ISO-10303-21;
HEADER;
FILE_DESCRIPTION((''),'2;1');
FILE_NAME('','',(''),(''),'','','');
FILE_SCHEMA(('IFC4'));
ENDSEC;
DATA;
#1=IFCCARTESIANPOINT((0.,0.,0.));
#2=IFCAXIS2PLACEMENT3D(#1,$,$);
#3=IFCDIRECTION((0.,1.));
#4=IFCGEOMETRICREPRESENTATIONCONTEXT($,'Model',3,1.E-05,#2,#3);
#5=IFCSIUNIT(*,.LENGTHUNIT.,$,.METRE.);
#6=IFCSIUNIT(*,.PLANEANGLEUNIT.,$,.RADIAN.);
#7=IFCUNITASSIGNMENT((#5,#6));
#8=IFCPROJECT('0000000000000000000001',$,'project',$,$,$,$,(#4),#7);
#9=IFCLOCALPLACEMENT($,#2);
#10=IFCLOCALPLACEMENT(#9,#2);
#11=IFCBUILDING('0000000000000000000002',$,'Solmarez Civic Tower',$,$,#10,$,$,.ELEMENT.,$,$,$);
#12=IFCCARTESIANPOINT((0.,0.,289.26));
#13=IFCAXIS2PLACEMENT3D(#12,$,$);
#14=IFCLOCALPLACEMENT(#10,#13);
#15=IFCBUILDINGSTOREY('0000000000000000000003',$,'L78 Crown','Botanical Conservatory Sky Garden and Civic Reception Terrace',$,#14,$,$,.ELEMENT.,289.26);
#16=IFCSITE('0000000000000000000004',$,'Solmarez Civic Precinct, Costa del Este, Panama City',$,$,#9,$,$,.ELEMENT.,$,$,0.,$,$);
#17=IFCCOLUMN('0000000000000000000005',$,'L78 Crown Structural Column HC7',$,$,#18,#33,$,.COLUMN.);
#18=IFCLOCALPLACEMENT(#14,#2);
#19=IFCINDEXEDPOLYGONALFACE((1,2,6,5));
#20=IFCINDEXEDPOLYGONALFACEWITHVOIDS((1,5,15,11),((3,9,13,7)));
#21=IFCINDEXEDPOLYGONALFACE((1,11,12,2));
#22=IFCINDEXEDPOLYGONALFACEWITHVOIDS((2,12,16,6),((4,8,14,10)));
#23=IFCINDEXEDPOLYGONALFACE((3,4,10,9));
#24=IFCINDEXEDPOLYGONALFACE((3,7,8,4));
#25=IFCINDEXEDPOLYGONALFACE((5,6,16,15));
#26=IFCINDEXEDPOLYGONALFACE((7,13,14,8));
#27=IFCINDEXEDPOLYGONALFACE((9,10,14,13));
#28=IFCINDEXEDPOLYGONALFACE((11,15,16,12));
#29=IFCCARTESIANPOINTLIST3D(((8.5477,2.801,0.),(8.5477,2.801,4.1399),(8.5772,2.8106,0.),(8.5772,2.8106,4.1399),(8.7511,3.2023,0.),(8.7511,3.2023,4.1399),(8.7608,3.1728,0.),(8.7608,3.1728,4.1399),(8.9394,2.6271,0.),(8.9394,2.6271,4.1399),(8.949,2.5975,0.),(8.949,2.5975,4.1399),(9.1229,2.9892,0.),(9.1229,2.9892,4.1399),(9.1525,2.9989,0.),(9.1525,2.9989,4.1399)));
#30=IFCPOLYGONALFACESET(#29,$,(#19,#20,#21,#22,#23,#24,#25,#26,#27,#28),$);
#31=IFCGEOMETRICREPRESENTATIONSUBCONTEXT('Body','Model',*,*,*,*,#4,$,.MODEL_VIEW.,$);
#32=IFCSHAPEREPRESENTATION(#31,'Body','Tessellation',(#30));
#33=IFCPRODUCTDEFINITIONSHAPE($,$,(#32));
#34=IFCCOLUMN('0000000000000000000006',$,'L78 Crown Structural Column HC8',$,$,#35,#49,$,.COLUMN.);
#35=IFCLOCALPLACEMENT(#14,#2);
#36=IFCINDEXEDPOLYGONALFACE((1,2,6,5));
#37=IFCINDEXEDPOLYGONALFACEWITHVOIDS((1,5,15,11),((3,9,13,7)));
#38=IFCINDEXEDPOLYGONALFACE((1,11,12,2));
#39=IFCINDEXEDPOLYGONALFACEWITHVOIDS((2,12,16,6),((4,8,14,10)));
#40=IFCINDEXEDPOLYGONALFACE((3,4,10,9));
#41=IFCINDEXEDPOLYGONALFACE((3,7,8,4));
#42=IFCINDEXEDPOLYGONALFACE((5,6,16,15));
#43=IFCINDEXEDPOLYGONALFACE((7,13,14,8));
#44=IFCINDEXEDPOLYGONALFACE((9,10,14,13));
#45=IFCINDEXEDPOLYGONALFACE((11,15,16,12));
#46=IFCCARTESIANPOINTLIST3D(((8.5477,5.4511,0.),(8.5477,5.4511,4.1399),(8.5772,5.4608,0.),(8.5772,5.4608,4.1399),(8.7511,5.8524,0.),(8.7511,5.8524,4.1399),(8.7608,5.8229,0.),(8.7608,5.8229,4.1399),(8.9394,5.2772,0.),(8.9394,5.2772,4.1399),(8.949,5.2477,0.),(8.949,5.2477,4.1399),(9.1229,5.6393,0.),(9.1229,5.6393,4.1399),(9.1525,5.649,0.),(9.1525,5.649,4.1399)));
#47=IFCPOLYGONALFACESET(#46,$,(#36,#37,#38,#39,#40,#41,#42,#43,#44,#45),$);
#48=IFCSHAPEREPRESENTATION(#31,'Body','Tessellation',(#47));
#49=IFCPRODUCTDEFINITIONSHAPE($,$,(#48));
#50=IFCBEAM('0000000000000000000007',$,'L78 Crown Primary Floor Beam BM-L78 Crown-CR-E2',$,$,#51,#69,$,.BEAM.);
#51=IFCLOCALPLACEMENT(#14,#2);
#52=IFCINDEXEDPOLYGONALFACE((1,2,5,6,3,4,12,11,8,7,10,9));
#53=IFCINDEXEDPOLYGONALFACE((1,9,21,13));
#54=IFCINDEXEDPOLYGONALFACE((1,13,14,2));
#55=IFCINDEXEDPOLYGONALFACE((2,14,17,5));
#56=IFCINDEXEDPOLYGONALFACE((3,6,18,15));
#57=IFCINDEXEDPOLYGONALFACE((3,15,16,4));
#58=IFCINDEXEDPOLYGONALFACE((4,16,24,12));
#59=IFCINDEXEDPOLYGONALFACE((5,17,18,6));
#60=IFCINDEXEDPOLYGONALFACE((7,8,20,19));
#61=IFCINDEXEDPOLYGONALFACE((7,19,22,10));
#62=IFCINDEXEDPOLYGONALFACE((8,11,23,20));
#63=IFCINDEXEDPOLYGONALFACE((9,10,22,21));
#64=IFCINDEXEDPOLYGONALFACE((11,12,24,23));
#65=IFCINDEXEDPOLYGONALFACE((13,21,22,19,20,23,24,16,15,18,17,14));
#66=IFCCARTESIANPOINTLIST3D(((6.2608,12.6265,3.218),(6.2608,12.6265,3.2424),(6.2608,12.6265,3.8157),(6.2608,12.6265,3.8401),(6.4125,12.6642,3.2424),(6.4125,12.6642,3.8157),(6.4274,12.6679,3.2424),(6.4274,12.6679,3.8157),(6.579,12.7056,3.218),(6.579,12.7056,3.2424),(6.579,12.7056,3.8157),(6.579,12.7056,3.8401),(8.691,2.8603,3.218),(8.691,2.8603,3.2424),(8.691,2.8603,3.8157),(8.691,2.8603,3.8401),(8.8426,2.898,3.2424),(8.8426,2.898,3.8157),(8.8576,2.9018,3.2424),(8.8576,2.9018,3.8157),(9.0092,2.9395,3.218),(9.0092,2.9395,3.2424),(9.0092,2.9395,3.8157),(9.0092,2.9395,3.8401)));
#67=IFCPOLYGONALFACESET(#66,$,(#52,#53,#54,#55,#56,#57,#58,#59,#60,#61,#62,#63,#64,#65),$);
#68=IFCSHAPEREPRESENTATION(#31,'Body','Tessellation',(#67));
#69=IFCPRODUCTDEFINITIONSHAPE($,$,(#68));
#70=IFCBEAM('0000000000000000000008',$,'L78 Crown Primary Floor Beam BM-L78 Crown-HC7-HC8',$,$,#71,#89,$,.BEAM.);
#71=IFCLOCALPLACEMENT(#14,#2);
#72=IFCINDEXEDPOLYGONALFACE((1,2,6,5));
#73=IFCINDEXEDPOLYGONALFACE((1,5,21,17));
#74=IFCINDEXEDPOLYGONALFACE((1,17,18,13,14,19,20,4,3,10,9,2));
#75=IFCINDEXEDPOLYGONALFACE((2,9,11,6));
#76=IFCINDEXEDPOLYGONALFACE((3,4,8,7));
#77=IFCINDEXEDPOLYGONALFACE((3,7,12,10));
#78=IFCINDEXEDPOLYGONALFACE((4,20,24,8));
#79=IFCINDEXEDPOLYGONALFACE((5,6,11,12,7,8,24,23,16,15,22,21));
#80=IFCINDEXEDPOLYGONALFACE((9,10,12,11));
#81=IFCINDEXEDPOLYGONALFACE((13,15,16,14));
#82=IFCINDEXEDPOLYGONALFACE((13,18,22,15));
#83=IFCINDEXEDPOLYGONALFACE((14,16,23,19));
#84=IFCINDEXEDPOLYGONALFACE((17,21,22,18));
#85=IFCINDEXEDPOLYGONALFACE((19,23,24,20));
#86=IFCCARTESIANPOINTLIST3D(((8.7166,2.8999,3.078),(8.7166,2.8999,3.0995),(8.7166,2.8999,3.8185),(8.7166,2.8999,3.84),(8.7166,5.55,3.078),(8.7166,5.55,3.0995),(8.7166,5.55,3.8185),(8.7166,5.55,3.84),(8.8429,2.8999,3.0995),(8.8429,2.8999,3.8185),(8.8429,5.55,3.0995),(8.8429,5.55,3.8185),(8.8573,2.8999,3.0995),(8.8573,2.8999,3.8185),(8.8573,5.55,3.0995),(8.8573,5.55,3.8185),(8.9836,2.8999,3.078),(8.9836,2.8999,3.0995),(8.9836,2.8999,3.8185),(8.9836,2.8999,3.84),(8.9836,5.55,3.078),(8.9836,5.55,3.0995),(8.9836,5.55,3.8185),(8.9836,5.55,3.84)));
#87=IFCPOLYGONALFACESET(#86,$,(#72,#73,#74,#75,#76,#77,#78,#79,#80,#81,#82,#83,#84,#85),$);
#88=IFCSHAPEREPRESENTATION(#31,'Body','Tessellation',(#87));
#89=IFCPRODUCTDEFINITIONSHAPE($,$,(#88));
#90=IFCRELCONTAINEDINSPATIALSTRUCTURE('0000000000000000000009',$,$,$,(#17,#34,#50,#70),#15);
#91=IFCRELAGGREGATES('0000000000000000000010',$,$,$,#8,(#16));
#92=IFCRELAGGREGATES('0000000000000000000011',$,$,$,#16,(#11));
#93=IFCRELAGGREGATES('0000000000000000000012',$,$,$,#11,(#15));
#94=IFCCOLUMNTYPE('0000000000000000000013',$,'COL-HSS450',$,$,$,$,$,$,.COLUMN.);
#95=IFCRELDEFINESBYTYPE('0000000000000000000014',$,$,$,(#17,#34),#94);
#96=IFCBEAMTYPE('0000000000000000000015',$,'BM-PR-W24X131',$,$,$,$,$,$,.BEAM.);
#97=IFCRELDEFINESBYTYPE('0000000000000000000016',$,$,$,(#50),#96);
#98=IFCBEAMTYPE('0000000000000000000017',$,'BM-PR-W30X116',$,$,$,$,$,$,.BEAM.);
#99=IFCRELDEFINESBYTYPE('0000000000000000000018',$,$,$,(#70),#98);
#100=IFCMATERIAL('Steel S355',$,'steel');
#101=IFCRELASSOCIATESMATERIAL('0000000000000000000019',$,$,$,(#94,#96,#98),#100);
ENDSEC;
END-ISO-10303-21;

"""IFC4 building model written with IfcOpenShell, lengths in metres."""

from ifc_helpers import new_model, si_unit, direction, frame, origin, origin_2d, place, context, subcontext, project, spatial, hollow_rectangle, i_section, extrude, material, material_profile, profile_set, type_object, element, save


model = new_model("IFC4")

# Units and contexts
model_context = context("Model", 3, precision=1e-05, world=origin(), true_north=direction((0.0, 1.0)))
body_context = subcontext(model_context, "Body", "Model", "MODEL_VIEW")
ifc_project = project(units=[si_unit("LENGTHUNIT", "METRE"), si_unit("PLANEANGLEUNIT", "RADIAN")], contexts=[model_context])

# Site, building, storey
site_placement = place(None, origin())
site = spatial("IfcSite", under=ifc_project, at=site_placement, Name="Solmarez Civic Precinct, Costa del Este, Panama City", CompositionType="ELEMENT", RefElevation=0.0)
building_placement = place(site_placement, origin())
building = spatial("IfcBuilding", under=site, at=building_placement, Name="Solmarez Civic Tower", CompositionType="ELEMENT")
storey_placement = place(building_placement, frame((0.0, 0.0, 289.26)))
storey = spatial("IfcBuildingStorey", under=building, at=storey_placement, Name="L78 Crown", Description="Botanical Conservatory Sky Garden and Civic Reception Terrace", CompositionType="ELEMENT", Elevation=289.26)

# Columns
ifc_material_1 = material(Name="Steel S355", Category="steel")
ifc_material_profile_1 = material_profile(ifc_material_1, hollow_rectangle(XDim=0.45, YDim=0.45, WallThickness=0.022, at=origin_2d()), Name="HSS450X450X22")
ifc_profile_set_1 = profile_set([ifc_material_profile_1], Name="Steel S355")
column_type = type_object("IfcColumnType", Name="COL-HSS450", PredefinedType="COLUMN", material=ifc_profile_set_1)
for number, where, z_axis, x_axis, name in (
    (1, (8.8501, 2.8999, 0.0), (0.0, 0.0, 1.0), (0.452123, 0.891955, 0.0), "L78 Crown Structural Column HC7"),
    (2, (8.8501, 5.55, 0.0), (0.0, 0.0, 1.0), (0.452123, 0.891955, 0.0), "L78 Crown Structural Column HC8"),
):
    element("IfcColumn", number, at=place(storey_placement, frame(where, z_axis=z_axis, x_axis=x_axis)), inside=storey, type_object=column_type, Name=name, PredefinedType="COLUMN", context=body_context, shape_type="SweptSolid", body=[
        extrude(hollow_rectangle(XDim=0.45, YDim=0.45, WallThickness=0.022, at=origin_2d()), origin(), (0.0, 0.0, 1.0), 4.1399),
    ])

# Beams
ifc_material_profile_2 = material_profile(ifc_material_1, i_section(OverallWidth=0.3279, OverallDepth=0.6221, WebThickness=0.0154, FlangeThickness=0.0244, at=origin_2d()), Name="W24X131")
ifc_profile_set_2 = profile_set([ifc_material_profile_2], Name="Steel S355")
beam_type_1 = type_object("IfcBeamType", Name="BM-PR-W24X131", PredefinedType="BEAM", material=ifc_profile_set_2)
beam_1_placement = place(storey_placement, frame((8.8501, 2.8999, 3.5291), z_axis=(-0.241474, 0.970407, 0.0), x_axis=(-0.970407, -0.241474, 0.0)))
element("IfcBeam", 3, at=beam_1_placement, inside=storey, type_object=beam_type_1, Name="L78 Crown Primary Floor Beam BM-L78 Crown-CR-E2", PredefinedType="BEAM", context=body_context, shape_type="SweptSolid", body=[
    extrude(i_section(OverallWidth=0.3279, OverallDepth=0.6221, WebThickness=0.0154, FlangeThickness=0.0244, at=origin_2d()), origin(), (0.0, 0.0, 1.0), 10.064),
])
ifc_material_profile_3 = material_profile(ifc_material_1, i_section(OverallWidth=0.2671, OverallDepth=0.762, WebThickness=0.0144, FlangeThickness=0.0215, at=origin_2d()), Name="W30X116")
ifc_profile_set_3 = profile_set([ifc_material_profile_3], Name="Steel S355")
beam_type_2 = type_object("IfcBeamType", Name="BM-PR-W30X116", PredefinedType="BEAM", material=ifc_profile_set_3)
beam_2_placement = place(storey_placement, frame((8.8501, 2.8999, 3.459), z_axis=(0.0, 1.0, 0.0), x_axis=(-1.0, 0.0, 0.0)))
element("IfcBeam", 4, at=beam_2_placement, inside=storey, type_object=beam_type_2, Name="L78 Crown Primary Floor Beam BM-L78 Crown-HC7-HC8", PredefinedType="BEAM", context=body_context, shape_type="SweptSolid", body=[
    extrude(i_section(OverallWidth=0.2671, OverallDepth=0.762, WebThickness=0.0144, FlangeThickness=0.0215, at=origin_2d()), origin(), (0.0, 0.0, 1.0), 2.6501),
])

save(model, "model.ifc")
